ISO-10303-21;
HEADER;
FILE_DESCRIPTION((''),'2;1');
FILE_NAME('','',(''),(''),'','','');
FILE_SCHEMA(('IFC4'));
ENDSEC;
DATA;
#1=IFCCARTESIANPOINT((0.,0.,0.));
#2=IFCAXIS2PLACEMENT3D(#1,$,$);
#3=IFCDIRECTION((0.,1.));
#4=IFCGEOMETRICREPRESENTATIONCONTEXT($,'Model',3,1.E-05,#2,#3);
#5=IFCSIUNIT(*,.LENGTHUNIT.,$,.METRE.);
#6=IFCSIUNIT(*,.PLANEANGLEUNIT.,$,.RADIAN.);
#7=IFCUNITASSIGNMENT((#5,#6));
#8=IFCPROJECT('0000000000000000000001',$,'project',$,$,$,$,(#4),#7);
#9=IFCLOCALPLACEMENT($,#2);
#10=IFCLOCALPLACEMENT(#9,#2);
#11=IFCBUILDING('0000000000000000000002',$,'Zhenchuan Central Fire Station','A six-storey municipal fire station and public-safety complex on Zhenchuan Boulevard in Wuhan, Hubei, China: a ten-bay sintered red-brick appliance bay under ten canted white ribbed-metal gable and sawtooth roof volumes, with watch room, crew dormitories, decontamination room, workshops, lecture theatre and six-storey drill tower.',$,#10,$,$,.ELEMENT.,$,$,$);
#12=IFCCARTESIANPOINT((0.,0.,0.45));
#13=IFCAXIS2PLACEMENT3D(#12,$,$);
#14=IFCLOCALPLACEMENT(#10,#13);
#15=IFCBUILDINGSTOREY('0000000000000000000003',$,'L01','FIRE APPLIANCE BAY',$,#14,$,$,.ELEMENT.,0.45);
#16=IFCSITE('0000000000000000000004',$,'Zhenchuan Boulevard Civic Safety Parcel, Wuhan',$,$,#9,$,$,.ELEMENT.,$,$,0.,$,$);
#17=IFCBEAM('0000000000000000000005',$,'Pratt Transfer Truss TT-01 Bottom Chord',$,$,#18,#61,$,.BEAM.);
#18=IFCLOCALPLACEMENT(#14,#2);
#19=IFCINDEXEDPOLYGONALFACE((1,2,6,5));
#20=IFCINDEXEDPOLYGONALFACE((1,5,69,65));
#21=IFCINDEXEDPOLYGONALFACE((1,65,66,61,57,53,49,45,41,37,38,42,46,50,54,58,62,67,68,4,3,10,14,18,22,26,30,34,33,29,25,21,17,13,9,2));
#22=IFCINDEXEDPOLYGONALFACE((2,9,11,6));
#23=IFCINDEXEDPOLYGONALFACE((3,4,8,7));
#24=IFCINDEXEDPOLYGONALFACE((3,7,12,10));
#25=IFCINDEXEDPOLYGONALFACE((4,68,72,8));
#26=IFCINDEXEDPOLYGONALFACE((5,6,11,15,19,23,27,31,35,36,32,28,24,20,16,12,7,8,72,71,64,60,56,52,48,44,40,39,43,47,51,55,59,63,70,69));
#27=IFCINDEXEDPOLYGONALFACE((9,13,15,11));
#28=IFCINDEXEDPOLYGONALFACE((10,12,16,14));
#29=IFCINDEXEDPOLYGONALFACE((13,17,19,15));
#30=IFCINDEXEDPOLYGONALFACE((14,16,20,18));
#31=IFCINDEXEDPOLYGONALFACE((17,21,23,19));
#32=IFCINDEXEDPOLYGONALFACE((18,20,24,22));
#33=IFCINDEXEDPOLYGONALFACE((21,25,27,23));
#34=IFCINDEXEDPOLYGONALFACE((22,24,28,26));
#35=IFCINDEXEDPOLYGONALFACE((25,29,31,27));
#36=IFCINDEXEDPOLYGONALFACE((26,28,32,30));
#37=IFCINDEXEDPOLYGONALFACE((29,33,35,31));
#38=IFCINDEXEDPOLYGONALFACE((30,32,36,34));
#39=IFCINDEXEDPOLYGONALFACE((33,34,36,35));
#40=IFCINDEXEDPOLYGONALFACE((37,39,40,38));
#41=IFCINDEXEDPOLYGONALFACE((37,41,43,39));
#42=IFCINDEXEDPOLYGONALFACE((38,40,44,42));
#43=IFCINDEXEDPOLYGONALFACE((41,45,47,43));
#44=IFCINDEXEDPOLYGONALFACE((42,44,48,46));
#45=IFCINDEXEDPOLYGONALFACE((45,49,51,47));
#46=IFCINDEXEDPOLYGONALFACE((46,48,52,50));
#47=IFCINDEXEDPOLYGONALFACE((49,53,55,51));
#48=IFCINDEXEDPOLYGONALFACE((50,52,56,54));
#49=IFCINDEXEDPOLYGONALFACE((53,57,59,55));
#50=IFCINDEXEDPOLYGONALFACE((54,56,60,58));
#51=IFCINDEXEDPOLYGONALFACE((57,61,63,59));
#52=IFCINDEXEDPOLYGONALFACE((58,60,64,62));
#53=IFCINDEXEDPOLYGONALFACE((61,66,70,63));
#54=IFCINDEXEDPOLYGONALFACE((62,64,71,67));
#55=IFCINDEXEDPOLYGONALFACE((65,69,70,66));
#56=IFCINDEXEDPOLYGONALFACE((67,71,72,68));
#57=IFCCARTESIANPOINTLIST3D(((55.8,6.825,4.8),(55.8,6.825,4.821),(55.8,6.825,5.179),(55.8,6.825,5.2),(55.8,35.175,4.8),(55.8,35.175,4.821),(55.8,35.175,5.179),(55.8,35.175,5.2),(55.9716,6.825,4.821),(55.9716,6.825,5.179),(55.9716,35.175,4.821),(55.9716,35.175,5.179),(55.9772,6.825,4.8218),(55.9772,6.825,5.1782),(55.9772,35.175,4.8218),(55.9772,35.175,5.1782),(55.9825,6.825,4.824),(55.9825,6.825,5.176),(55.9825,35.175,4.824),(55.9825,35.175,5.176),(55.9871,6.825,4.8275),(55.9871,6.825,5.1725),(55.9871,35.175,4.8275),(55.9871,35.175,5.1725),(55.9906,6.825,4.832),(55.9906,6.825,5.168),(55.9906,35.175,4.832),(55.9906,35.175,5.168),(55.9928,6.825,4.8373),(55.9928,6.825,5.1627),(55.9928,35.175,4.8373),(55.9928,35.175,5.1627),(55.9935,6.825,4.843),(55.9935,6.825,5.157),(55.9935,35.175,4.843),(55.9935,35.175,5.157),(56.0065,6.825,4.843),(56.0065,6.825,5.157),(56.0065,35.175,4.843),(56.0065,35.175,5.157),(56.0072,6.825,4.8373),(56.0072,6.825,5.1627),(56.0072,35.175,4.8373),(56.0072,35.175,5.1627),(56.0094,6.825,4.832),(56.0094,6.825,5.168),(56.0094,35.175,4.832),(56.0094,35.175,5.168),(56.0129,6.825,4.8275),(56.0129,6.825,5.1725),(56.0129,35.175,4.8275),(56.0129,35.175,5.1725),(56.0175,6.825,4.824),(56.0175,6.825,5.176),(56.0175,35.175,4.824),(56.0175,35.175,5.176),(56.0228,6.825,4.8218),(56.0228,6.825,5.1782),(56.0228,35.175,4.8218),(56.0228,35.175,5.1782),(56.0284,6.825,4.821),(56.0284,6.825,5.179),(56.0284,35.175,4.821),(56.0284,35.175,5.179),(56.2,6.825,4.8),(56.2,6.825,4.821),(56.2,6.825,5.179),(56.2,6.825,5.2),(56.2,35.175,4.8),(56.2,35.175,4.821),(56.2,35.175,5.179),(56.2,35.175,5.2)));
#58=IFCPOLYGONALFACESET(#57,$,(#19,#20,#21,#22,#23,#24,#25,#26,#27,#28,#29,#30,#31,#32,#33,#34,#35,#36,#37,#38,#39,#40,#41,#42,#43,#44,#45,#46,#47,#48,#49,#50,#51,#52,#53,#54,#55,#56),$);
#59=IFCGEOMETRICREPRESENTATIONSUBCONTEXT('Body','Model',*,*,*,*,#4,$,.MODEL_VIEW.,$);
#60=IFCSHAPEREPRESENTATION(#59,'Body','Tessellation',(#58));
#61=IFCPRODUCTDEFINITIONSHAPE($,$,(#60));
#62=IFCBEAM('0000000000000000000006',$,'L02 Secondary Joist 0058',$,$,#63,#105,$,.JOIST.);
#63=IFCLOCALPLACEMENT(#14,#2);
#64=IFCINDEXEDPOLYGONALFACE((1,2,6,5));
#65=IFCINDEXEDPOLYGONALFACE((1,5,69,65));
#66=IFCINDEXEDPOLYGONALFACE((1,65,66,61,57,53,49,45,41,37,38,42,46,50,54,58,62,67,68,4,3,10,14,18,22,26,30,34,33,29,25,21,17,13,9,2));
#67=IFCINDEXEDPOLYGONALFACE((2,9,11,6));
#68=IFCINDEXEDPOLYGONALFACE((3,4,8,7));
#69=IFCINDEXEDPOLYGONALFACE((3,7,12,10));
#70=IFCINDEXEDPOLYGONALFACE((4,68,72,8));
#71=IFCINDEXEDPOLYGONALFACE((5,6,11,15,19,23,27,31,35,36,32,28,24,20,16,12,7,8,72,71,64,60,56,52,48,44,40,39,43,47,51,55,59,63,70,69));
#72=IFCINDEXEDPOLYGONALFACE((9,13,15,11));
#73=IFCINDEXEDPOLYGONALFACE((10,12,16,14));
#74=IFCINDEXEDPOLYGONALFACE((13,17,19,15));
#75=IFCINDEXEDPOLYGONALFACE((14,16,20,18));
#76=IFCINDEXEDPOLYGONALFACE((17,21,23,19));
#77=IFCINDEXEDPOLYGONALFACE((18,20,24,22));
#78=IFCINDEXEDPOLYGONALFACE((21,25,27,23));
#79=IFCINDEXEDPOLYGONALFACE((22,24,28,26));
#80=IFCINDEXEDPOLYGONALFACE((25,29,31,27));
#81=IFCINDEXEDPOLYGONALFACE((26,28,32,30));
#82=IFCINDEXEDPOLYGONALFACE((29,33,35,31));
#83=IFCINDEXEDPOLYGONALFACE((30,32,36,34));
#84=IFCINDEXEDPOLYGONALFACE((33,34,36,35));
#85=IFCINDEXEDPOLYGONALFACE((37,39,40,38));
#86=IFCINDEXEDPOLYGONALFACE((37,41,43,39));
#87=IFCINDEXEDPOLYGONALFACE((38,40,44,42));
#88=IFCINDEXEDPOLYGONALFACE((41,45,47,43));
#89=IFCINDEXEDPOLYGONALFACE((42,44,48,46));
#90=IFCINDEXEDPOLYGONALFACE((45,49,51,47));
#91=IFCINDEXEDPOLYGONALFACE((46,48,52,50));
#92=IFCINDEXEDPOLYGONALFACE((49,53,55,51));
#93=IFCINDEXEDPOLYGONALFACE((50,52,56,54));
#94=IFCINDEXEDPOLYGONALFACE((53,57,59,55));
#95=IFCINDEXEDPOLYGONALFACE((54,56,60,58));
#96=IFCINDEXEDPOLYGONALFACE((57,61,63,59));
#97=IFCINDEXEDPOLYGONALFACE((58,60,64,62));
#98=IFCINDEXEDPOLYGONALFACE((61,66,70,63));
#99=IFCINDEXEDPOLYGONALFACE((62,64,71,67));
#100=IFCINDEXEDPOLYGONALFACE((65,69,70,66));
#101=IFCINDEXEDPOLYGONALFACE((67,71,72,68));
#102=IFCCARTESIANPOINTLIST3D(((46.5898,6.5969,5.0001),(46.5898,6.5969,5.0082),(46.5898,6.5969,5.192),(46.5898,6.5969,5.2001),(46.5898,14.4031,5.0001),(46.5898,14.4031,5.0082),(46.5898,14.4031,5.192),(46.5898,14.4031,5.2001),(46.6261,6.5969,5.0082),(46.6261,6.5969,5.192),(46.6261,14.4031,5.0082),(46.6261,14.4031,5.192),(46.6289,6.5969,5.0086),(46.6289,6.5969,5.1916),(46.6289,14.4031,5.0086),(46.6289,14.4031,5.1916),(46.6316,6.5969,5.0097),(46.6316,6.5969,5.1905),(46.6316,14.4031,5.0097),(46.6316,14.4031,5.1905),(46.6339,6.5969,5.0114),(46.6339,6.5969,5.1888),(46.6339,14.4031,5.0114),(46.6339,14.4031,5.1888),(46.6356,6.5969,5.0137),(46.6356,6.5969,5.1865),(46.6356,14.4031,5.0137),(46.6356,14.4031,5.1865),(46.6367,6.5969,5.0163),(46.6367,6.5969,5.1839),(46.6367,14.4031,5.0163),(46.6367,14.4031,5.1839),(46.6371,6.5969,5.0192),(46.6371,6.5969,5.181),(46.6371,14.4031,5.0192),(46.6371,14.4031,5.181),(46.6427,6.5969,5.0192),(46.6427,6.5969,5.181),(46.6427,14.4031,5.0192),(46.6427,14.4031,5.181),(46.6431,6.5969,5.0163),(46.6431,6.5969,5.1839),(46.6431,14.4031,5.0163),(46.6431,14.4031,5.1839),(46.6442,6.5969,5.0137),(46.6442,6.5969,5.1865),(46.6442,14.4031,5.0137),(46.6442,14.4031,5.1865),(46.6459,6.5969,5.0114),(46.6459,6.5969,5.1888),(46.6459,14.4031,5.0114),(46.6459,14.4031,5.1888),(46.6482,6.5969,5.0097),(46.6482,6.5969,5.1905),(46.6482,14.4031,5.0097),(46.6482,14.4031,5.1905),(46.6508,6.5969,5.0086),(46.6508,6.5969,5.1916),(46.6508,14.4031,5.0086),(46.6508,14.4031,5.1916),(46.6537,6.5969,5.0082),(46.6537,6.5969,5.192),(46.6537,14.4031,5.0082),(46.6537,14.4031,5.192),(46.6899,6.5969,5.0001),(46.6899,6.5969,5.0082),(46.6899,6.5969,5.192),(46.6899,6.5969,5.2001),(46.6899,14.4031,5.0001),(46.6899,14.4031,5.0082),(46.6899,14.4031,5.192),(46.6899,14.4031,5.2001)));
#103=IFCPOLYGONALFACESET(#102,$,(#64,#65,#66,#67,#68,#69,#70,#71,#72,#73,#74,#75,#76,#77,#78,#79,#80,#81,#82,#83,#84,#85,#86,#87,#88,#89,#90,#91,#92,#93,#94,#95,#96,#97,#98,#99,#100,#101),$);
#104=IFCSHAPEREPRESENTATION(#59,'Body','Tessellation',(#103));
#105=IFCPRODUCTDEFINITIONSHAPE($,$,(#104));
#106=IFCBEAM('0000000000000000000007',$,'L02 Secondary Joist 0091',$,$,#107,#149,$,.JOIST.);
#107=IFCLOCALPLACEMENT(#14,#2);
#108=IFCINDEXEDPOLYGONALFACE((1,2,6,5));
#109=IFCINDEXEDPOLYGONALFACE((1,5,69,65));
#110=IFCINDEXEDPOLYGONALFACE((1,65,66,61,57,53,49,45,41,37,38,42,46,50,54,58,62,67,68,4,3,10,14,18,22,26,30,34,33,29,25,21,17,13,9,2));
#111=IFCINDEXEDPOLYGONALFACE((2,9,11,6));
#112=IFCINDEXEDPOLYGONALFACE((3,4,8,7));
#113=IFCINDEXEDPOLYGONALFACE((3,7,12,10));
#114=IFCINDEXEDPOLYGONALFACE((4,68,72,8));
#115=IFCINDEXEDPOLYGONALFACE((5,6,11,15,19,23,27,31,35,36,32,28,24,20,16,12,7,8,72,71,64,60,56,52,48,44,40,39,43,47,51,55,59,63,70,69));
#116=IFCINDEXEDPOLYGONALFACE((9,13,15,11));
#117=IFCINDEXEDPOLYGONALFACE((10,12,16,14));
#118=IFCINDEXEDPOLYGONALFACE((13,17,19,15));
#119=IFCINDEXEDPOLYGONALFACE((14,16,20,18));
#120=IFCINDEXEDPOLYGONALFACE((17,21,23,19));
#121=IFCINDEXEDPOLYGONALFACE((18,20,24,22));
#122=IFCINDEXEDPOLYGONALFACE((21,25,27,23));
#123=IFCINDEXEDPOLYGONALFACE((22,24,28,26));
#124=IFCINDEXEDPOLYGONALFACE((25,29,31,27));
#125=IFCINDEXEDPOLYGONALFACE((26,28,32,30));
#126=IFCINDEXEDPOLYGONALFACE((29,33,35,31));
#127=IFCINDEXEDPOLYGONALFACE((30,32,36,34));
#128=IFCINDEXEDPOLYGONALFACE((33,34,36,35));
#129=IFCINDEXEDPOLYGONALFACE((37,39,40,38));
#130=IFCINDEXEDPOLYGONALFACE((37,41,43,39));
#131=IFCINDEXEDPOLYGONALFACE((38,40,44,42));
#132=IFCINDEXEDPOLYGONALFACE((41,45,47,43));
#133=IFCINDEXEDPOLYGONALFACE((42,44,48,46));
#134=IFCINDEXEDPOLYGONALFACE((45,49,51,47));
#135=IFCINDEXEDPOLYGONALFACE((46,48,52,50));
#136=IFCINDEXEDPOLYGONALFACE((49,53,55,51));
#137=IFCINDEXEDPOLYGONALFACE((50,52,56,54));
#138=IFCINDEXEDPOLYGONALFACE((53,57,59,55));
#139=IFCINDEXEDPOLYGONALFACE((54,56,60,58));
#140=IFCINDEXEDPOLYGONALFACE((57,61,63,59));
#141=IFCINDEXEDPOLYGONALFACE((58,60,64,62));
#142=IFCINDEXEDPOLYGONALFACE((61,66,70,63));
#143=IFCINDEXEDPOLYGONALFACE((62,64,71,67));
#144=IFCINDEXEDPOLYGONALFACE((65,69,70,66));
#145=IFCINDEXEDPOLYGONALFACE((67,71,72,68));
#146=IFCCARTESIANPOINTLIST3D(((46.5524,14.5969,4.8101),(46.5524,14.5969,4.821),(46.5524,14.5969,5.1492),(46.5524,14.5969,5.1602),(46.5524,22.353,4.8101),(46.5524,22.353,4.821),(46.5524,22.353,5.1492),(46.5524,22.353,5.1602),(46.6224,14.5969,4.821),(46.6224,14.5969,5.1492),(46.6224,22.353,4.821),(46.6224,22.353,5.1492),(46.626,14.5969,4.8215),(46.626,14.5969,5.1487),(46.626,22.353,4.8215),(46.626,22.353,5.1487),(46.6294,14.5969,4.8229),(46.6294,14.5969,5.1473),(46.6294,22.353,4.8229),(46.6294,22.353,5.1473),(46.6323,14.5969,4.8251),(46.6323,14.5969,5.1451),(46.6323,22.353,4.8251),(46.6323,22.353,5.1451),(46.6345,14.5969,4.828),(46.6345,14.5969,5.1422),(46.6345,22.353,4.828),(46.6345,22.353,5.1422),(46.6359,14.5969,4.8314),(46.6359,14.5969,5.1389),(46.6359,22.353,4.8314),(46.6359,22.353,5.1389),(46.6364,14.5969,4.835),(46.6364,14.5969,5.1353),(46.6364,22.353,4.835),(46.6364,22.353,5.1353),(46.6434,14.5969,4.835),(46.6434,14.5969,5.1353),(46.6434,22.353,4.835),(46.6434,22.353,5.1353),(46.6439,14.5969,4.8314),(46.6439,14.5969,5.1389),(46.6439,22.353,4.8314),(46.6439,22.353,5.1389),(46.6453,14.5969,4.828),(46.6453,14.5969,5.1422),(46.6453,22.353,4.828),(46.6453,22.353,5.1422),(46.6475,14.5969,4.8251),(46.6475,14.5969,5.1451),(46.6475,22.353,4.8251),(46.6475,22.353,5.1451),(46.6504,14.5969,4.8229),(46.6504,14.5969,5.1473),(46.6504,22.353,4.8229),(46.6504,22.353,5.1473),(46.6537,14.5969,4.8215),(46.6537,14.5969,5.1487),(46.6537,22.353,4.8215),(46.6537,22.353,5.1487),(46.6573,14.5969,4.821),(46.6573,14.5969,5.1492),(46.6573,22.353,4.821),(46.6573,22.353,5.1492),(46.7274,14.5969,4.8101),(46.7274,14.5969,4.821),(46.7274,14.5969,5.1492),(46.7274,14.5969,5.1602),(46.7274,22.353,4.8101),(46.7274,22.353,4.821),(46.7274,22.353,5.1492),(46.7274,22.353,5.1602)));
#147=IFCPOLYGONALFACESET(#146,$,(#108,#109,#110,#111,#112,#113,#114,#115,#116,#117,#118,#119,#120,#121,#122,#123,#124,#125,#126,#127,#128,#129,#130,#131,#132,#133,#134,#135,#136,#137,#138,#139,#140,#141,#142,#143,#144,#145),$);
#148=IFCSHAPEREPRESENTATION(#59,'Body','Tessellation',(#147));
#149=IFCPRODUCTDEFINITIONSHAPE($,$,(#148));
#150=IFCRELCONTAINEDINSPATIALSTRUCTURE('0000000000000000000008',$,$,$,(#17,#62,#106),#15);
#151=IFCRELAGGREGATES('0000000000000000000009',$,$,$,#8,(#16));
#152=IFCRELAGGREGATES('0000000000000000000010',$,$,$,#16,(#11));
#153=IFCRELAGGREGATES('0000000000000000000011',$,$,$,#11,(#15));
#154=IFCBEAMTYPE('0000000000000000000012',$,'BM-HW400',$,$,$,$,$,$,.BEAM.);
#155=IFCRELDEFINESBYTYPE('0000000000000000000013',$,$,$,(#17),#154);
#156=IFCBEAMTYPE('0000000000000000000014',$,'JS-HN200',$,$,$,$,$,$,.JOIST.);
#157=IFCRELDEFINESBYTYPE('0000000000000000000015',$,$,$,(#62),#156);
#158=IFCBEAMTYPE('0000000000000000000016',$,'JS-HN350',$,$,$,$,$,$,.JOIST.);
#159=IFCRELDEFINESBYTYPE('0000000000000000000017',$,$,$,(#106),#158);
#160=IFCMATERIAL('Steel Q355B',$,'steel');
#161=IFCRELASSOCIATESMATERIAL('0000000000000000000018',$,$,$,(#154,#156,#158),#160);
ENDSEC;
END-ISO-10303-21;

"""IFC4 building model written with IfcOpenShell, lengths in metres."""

from ifc_helpers import new_model, si_unit, direction, frame, origin, origin_2d, place, context, subcontext, project, spatial, i_section, extrude, material, material_profile, profile_set, type_object, element, save


model = new_model("IFC4")

# Units and contexts
model_context = context("Model", 3, precision=1e-05, world=origin(), true_north=direction((0.0, 1.0)))
body_context = subcontext(model_context, "Body", "Model", "MODEL_VIEW")
ifc_project = project(units=[si_unit("LENGTHUNIT", "METRE"), si_unit("PLANEANGLEUNIT", "RADIAN")], contexts=[model_context])

# Site, building, storey
site_placement = place(None, origin())
site = spatial("IfcSite", under=ifc_project, at=site_placement, Name="Zhenchuan Boulevard Civic Safety Parcel, Wuhan", CompositionType="ELEMENT", RefElevation=0.0)
building_placement = place(site_placement, origin())
building = spatial("IfcBuilding", under=site, at=building_placement, Name="Zhenchuan Central Fire Station", Description="A six-storey municipal fire station and public-safety complex on Zhenchuan Boulevard in Wuhan, Hubei, China: a ten-bay sintered red-brick appliance bay under ten canted white ribbed-metal gable and sawtooth roof volumes, with watch room, crew dormitories, decontamination room, workshops, lecture theatre and six-storey drill tower.", CompositionType="ELEMENT")
storey_placement = place(building_placement, frame((0.0, 0.0, 0.45)))
storey = spatial("IfcBuildingStorey", under=building, at=storey_placement, Name="L01", Description="FIRE APPLIANCE BAY", CompositionType="ELEMENT", Elevation=0.45)

# Shared definitions
ifc_material_1 = material(Name="Steel Q355B", Category="steel")

# Beams
ifc_material_profile_1 = material_profile(ifc_material_1, i_section(OverallWidth=0.3999, OverallDepth=0.3999, WebThickness=0.0129, FlangeThickness=0.021, FilletRadius=0.022, at=origin_2d()), Name="HW 400x400")
ifc_profile_set_1 = profile_set([ifc_material_profile_1], Name="Steel Q355B")
beam_type_1 = type_object("IfcBeamType", Name="BM-HW400", PredefinedType="BEAM", material=ifc_profile_set_1)
beam_1_placement = place(storey_placement, frame((56.0, 6.825, 5.0), z_axis=(0.0, 1.0, 0.0), x_axis=(-1.0, 0.0, 0.0)))
element("IfcBeam", 1, at=beam_1_placement, inside=storey, type_object=beam_type_1, Name="Pratt Transfer Truss TT-01 Bottom Chord", PredefinedType="BEAM", context=body_context, shape_type="SweptSolid", body=[
    extrude(i_section(OverallWidth=0.3999, OverallDepth=0.3999, WebThickness=0.0129, FlangeThickness=0.021, FilletRadius=0.022, at=origin_2d()), origin(), (0.0, 0.0, 1.0), 28.3501),
])
ifc_material_profile_2 = material_profile(ifc_material_1, i_section(OverallWidth=0.1001, OverallDepth=0.2, WebThickness=0.0056, FlangeThickness=0.0081, FilletRadius=0.011, at=origin_2d()), Name="HN 200x100")
ifc_profile_set_2 = profile_set([ifc_material_profile_2], Name="Steel Q355B")
beam_type_2 = type_object("IfcBeamType", Name="JS-HN200", PredefinedType="JOIST", material=ifc_profile_set_2)
beam_2_placement = place(storey_placement, frame((46.6399, 6.5969, 5.1001), z_axis=(0.0, 1.0, 0.0), x_axis=(-1.0, 0.0, 0.0)))
element("IfcBeam", 2, at=beam_2_placement, inside=storey, type_object=beam_type_2, Name="L02 Secondary Joist 0058", PredefinedType="JOIST", context=body_context, shape_type="SweptSolid", body=[
    extrude(i_section(OverallWidth=0.1001, OverallDepth=0.2, WebThickness=0.0056, FlangeThickness=0.0081, FilletRadius=0.011, at=origin_2d()), origin(), (0.0, 0.0, 1.0), 7.8062),
])
ifc_material_profile_3 = material_profile(ifc_material_1, i_section(OverallWidth=0.175, OverallDepth=0.3501, WebThickness=0.0071, FlangeThickness=0.011, FilletRadius=0.0139, at=origin_2d()), Name="HN 350x175")
ifc_profile_set_3 = profile_set([ifc_material_profile_3], Name="Steel Q355B")
beam_type_3 = type_object("IfcBeamType", Name="JS-HN350", PredefinedType="JOIST", material=ifc_profile_set_3)
beam_3_placement = place(storey_placement, frame((46.6399, 14.5969, 4.9851), z_axis=(0.0, 1.0, 0.0), x_axis=(-1.0, 0.0, 0.0)))
element("IfcBeam", 3, at=beam_3_placement, inside=storey, type_object=beam_type_3, Name="L02 Secondary Joist 0091", PredefinedType="JOIST", context=body_context, shape_type="SweptSolid", body=[
    extrude(i_section(OverallWidth=0.175, OverallDepth=0.3501, WebThickness=0.0071, FlangeThickness=0.011, FilletRadius=0.0139, at=origin_2d()), origin(), (0.0, 0.0, 1.0), 7.7561),
])

save(model, "model.ifc")
